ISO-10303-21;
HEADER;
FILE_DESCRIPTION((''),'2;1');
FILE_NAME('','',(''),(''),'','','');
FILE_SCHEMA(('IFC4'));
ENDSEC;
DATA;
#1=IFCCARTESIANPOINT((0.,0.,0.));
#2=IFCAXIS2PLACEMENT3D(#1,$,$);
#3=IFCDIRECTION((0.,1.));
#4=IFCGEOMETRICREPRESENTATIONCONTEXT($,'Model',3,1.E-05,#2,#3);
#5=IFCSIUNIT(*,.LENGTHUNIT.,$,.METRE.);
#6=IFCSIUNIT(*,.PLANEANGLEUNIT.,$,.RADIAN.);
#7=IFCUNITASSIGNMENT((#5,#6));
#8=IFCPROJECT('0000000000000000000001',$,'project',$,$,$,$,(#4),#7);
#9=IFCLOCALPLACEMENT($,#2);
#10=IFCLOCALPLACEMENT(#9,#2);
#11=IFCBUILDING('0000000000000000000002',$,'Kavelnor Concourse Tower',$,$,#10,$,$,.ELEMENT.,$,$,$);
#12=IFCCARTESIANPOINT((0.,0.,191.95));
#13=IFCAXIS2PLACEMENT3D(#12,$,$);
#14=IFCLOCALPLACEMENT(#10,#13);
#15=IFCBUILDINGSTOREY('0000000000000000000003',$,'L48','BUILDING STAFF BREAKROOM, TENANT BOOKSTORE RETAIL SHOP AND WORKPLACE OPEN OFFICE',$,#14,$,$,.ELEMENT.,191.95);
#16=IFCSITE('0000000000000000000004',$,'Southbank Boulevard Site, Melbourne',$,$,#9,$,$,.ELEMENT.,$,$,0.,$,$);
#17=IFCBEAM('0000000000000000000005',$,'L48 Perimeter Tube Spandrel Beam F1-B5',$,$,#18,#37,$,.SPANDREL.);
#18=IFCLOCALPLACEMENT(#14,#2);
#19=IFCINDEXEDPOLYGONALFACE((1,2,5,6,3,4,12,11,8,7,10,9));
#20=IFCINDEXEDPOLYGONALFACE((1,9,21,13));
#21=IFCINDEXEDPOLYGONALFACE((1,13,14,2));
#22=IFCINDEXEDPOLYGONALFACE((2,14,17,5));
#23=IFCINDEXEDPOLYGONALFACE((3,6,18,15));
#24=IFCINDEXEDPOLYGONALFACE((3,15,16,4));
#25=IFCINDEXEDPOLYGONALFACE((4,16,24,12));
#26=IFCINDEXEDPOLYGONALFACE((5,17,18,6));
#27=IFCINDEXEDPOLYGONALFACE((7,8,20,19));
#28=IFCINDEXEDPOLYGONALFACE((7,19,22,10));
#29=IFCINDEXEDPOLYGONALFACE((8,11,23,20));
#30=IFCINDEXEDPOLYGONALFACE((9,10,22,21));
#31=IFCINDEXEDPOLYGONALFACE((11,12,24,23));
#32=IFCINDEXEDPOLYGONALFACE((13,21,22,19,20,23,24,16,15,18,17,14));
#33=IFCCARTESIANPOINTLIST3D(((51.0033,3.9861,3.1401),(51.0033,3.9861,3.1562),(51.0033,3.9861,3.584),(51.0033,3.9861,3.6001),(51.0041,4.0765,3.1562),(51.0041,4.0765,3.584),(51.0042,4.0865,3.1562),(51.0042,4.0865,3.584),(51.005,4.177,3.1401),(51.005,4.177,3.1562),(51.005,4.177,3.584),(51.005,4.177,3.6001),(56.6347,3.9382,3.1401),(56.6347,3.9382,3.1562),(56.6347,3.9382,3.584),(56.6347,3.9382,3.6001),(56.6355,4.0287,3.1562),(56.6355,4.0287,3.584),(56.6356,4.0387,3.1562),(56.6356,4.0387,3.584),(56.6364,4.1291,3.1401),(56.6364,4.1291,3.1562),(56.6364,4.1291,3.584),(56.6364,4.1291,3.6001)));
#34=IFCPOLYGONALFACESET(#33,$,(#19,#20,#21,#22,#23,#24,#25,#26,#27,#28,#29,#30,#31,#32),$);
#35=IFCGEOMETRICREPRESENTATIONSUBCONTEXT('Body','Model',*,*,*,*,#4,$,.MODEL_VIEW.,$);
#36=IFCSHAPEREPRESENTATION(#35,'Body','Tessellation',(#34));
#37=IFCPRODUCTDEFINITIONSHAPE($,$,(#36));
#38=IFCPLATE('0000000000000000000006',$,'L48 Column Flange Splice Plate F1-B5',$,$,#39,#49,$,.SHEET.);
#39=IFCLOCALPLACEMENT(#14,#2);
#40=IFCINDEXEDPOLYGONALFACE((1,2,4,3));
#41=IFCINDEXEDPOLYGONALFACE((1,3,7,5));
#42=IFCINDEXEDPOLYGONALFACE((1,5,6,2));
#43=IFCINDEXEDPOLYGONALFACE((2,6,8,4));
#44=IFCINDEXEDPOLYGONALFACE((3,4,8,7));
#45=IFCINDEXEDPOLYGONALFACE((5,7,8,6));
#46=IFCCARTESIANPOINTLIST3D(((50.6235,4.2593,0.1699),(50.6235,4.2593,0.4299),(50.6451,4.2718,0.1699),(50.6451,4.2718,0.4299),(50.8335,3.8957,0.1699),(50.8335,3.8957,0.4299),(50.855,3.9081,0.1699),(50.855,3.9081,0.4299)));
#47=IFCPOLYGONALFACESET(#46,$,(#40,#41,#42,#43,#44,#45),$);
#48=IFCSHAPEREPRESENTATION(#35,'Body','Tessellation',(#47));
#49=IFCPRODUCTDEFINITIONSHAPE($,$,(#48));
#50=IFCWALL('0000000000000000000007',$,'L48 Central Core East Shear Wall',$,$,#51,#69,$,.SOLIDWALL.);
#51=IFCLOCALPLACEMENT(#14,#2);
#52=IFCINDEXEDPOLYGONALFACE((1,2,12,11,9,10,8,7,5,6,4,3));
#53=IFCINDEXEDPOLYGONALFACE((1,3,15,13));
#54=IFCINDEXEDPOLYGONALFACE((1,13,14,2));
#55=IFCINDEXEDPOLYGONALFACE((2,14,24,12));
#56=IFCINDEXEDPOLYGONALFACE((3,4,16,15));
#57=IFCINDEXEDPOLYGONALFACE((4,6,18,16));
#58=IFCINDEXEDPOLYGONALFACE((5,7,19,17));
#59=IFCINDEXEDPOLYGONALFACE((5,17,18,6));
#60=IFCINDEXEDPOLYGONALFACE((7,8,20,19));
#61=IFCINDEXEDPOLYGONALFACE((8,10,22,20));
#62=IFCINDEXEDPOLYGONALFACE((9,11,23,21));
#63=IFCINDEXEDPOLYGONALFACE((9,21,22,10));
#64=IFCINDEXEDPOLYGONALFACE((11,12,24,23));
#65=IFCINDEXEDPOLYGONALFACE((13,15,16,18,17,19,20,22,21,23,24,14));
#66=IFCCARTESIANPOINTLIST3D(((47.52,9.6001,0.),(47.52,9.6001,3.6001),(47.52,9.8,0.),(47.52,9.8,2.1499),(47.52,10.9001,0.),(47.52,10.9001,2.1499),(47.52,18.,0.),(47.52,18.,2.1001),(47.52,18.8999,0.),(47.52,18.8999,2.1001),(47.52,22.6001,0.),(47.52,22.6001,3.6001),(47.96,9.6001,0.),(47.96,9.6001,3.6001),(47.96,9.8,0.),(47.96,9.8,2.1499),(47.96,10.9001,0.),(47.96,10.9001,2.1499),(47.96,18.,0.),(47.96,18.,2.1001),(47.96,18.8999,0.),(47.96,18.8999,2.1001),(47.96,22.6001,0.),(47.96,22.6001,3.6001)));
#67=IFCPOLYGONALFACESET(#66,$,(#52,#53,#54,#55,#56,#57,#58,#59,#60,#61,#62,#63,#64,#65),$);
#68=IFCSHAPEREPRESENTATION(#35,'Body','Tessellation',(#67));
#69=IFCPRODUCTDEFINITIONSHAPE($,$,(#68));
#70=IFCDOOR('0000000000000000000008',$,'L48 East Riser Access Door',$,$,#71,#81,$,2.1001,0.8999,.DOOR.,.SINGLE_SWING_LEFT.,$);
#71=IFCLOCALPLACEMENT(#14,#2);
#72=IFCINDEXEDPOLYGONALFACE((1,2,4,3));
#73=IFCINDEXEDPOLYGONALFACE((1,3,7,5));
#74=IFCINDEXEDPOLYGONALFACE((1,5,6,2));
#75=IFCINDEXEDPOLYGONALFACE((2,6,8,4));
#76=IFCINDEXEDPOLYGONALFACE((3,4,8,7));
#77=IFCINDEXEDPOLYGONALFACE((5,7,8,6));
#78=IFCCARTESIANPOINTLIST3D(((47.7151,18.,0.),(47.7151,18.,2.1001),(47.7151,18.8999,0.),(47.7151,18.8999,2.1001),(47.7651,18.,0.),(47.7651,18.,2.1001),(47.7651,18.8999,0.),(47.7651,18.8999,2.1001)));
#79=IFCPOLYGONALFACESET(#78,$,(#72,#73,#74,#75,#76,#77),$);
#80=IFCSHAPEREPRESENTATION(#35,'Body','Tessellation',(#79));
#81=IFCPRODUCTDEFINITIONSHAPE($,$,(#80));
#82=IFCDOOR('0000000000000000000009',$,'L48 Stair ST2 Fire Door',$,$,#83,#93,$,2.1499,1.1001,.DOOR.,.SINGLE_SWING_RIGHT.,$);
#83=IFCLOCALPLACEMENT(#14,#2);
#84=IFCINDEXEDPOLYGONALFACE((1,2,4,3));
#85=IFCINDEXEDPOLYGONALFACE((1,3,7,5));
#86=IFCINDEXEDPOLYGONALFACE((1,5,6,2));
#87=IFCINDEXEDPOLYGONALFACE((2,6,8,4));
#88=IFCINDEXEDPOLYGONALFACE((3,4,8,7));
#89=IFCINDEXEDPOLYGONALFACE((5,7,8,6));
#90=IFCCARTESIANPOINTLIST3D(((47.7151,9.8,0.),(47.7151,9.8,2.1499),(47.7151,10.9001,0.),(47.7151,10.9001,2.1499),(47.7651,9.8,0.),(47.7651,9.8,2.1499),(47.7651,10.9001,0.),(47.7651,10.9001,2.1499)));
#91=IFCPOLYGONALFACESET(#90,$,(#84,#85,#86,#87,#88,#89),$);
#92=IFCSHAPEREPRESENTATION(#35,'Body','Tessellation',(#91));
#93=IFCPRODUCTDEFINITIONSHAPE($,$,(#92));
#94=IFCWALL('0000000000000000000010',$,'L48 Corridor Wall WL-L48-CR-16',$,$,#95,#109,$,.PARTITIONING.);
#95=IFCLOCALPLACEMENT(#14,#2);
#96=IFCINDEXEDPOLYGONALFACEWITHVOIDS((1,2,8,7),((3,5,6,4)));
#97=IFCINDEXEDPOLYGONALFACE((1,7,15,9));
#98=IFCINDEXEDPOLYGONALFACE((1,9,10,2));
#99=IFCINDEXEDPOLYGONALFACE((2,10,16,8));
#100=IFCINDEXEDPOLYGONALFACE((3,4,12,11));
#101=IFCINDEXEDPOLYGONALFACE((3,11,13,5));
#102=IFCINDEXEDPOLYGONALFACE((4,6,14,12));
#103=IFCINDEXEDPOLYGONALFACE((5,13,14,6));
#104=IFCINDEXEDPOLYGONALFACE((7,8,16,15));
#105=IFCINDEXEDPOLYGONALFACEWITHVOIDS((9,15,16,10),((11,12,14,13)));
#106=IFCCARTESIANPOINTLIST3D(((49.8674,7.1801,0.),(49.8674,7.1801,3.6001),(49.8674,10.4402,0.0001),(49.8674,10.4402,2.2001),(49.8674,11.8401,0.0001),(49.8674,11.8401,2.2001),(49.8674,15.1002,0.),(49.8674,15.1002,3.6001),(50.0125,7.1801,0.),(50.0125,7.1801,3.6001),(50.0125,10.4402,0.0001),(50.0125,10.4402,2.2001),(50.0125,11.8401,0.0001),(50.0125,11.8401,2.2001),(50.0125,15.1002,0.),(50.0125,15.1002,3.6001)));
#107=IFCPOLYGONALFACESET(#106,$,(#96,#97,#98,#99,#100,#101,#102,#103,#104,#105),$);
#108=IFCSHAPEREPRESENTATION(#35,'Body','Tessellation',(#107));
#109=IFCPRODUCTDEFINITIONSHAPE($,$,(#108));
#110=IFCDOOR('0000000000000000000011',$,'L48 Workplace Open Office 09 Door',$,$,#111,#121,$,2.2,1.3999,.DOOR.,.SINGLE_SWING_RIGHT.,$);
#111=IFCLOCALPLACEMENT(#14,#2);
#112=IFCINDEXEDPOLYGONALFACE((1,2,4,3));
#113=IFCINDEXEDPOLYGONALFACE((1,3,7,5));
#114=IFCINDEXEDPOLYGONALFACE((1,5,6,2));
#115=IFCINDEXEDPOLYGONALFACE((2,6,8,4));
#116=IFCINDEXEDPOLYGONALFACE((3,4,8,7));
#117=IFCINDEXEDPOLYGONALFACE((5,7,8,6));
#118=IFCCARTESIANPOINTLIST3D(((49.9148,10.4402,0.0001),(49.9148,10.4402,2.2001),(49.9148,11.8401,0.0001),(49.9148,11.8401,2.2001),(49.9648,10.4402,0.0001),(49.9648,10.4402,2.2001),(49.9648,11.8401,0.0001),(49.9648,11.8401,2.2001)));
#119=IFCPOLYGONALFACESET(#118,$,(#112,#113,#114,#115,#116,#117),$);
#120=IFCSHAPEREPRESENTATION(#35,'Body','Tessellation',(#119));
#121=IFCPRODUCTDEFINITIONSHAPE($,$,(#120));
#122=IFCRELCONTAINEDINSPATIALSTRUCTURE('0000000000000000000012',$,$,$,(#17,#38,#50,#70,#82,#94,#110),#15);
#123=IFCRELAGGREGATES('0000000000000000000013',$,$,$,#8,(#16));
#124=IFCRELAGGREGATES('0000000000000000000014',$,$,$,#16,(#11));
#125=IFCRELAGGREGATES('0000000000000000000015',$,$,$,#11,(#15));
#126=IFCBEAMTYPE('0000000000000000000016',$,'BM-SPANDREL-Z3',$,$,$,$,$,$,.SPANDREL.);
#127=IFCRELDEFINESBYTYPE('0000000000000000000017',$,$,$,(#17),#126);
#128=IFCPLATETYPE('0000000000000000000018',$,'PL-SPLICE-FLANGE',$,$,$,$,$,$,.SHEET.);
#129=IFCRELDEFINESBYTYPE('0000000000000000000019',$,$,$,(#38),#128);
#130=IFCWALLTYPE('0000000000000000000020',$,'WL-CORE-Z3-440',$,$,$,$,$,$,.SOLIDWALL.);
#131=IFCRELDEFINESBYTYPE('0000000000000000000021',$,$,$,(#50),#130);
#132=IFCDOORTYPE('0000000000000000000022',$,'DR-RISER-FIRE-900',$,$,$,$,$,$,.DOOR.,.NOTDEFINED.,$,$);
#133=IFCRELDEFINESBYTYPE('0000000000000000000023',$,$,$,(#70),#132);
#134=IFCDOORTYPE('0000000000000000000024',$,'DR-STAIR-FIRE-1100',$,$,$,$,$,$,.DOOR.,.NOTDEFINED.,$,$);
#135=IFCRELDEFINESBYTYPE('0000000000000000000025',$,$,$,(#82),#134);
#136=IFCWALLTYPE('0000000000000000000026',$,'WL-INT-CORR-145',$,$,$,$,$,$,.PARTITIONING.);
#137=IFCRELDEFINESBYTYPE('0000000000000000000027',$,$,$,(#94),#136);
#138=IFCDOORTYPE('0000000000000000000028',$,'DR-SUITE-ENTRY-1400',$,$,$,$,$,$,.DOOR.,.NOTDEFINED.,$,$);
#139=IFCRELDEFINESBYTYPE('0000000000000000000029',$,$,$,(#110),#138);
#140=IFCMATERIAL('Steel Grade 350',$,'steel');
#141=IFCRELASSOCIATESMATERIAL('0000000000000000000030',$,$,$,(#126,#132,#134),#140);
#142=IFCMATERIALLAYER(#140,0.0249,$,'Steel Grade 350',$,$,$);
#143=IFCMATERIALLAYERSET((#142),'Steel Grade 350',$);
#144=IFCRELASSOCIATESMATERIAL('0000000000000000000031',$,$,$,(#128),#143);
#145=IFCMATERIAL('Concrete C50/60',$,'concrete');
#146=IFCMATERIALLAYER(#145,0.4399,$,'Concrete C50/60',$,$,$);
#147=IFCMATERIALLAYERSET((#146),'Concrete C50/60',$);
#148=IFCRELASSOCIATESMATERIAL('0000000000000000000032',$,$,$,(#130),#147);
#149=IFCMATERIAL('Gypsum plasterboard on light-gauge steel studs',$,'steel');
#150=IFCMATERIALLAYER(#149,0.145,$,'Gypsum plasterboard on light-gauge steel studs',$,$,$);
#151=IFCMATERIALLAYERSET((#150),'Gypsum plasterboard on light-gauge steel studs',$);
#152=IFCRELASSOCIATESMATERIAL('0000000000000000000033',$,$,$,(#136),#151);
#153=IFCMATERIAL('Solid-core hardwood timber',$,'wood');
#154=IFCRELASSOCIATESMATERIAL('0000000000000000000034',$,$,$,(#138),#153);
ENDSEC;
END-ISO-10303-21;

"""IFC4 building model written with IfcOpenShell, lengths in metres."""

from ifc_helpers import new_model, si_unit, direction, frame, frame_2d, origin, origin_2d, place, context, subcontext, project, spatial, rectangle, i_section, extrude, material, layer, layer_set, material_profile, profile_set, type_object, element, fill, save


model = new_model("IFC4")

# Units and contexts
model_context = context("Model", 3, precision=1e-05, world=origin(), true_north=direction((0.0, 1.0)))
body_context = subcontext(model_context, "Body", "Model", "MODEL_VIEW")
ifc_project = project(units=[si_unit("LENGTHUNIT", "METRE"), si_unit("PLANEANGLEUNIT", "RADIAN")], contexts=[model_context])

# Site, building, storey
site_placement = place(None, origin())
site = spatial("IfcSite", under=ifc_project, at=site_placement, Name="Southbank Boulevard Site, Melbourne", CompositionType="ELEMENT", RefElevation=0.0)
building_placement = place(site_placement, origin())
building = spatial("IfcBuilding", under=site, at=building_placement, Name="Kavelnor Concourse Tower", CompositionType="ELEMENT")
storey_placement = place(building_placement, frame((0.0, 0.0, 191.95)))
storey = spatial("IfcBuildingStorey", under=building, at=storey_placement, Name="L48", Description="BUILDING STAFF BREAKROOM, TENANT BOOKSTORE RETAIL SHOP AND WORKPLACE OPEN OFFICE", CompositionType="ELEMENT", Elevation=191.95)

# Shared definitions
ifc_material_1 = material(Name="Steel Grade 350", Category="steel")

# Beam
ifc_material_profile_1 = material_profile(ifc_material_1, i_section(OverallWidth=0.1909, OverallDepth=0.46, WebThickness=0.01, FlangeThickness=0.0161, at=origin_2d()), Name="460UB82")
ifc_profile_set_1 = profile_set([ifc_material_profile_1], Name="Steel Grade 350")
beam_type_1 = type_object("IfcBeamType", Name="BM-SPANDREL-Z3", PredefinedType="SPANDREL", material=ifc_profile_set_1)
beam_1_placement = place(storey_placement, frame((51.0042, 4.0815, 3.3701), z_axis=(0.999964, -0.008497, 0.0), x_axis=(0.008497, 0.999964, 0.0)))
element("IfcBeam", 1, at=beam_1_placement, inside=storey, type_object=beam_type_1, Name="L48 Perimeter Tube Spandrel Beam F1-B5", PredefinedType="SPANDREL", context=body_context, shape_type="SweptSolid", body=[
    extrude(i_section(OverallWidth=0.1909, OverallDepth=0.46, WebThickness=0.01, FlangeThickness=0.0161, at=origin_2d()), origin(), (0.0, 0.0, 1.0), 5.6316),
])

# Plate
ifc_layer_1 = layer(ifc_material_1, 0.0249, Name="Steel Grade 350")
ifc_layer_set_1 = layer_set([ifc_layer_1], Name="Steel Grade 350")
plate_type = type_object("IfcPlateType", Name="PL-SPLICE-FLANGE", PredefinedType="SHEET", material=ifc_layer_set_1)
plate_placement = place(storey_placement, frame((50.7393, 4.0837, 0.1699), z_axis=(0.0, 0.0, 1.0), x_axis=(-0.5, 0.866025, 0.0)))
element("IfcPlate", 2, at=plate_placement, inside=storey, type_object=plate_type, Name="L48 Column Flange Splice Plate F1-B5", PredefinedType="SHEET", context=body_context, shape_type="SweptSolid", body=[
    extrude(rectangle(XDim=0.4199, YDim=0.0249, at=origin_2d()), origin(), (0.0, 0.0, 1.0), 0.26),
])

# Wall, openings, doors
ifc_material_2 = material(Name="Concrete C50/60", Category="concrete")
ifc_layer_2 = layer(ifc_material_2, 0.4399, Name="Concrete C50/60")
ifc_layer_set_2 = layer_set([ifc_layer_2], Name="Concrete C50/60")
wall_type_1 = type_object("IfcWallType", Name="WL-CORE-Z3-440", PredefinedType="SOLIDWALL", material=ifc_layer_set_2)
wall_1_placement = place(storey_placement, frame((47.74, 9.6001, 0.0), z_axis=(0.0, 0.0, 1.0), x_axis=(0.0, 1.0, 0.0)))
wall_1 = element("IfcWall", 3, at=wall_1_placement, inside=storey, type_object=wall_type_1, Name="L48 Central Core East Shear Wall", PredefinedType="SOLIDWALL", context=body_context, shape_type="SweptSolid", body=[
    extrude(rectangle(XDim=13.0, YDim=0.4399, at=frame_2d((6.5, 0.0))), origin(), (0.0, 0.0, 1.0), 3.6001),
])
opening_1_placement = place(wall_1_placement, frame((0.2, 0.0, 0.0)))
opening_1 = element("IfcOpeningElement", 4, at=opening_1_placement, cuts=wall_1, PredefinedType="OPENING", context=body_context, shape_type="SweptSolid", body=[
    extrude(rectangle(XDim=1.1001, YDim=2.1499, at=frame_2d((0.55, 1.075))), frame((0.0, 0.23, 0.0), z_axis=(0.0, -1.0, 0.0), x_axis=(1.0, 0.0, 0.0)), (0.0, 0.0, 1.0), 0.46),
])
opening_2_placement = place(wall_1_placement, frame((8.3999, 0.0, 0.0)))
opening_2 = element("IfcOpeningElement", 5, at=opening_2_placement, cuts=wall_1, PredefinedType="OPENING", context=body_context, shape_type="SweptSolid", body=[
    extrude(rectangle(XDim=0.8999, YDim=2.1001, at=frame_2d((0.45, 1.05))), frame((0.0, 0.23, 0.0), z_axis=(0.0, -1.0, 0.0), x_axis=(1.0, 0.0, 0.0)), (0.0, 0.0, 1.0), 0.46),
])
door_type_1 = type_object("IfcDoorType", Name="DR-RISER-FIRE-900", OperationType="NOTDEFINED", PredefinedType="DOOR", material=ifc_material_1)
door_1_placement = place(opening_2_placement, origin())
door_1 = element("IfcDoor", 6, at=door_1_placement, inside=storey, type_object=door_type_1, Name="L48 East Riser Access Door", OperationType="SINGLE_SWING_LEFT", OverallHeight=2.1001, OverallWidth=0.8999, PredefinedType="DOOR", context=body_context, shape_type="SweptSolid", body=[
    extrude(rectangle(XDim=0.8999, YDim=2.1001, at=frame_2d((0.45, 1.05))), frame((0.0, 0.0249, 0.0), z_axis=(0.0, -1.0, 0.0), x_axis=(1.0, 0.0, 0.0)), (0.0, 0.0, 1.0), 0.05),
])
fill(opening_2, door_1)
door_type_2 = type_object("IfcDoorType", Name="DR-STAIR-FIRE-1100", OperationType="NOTDEFINED", PredefinedType="DOOR", material=ifc_material_1)
door_2_placement = place(opening_1_placement, origin())
door_2 = element("IfcDoor", 7, at=door_2_placement, inside=storey, type_object=door_type_2, Name="L48 Stair ST2 Fire Door", OperationType="SINGLE_SWING_RIGHT", OverallHeight=2.1499, OverallWidth=1.1001, PredefinedType="DOOR", context=body_context, shape_type="SweptSolid", body=[
    extrude(rectangle(XDim=1.1001, YDim=2.1499, at=frame_2d((0.55, 1.075))), frame((0.0, 0.0249, 0.0), z_axis=(0.0, -1.0, 0.0), x_axis=(1.0, 0.0, 0.0)), (0.0, 0.0, 1.0), 0.05),
])
fill(opening_1, door_2)

# Wall, opening, door
ifc_material_3 = material(Name="Gypsum plasterboard on light-gauge steel studs", Category="steel")
ifc_layer_3 = layer(ifc_material_3, 0.145, Name="Gypsum plasterboard on light-gauge steel studs")
ifc_layer_set_3 = layer_set([ifc_layer_3], Name="Gypsum plasterboard on light-gauge steel studs")
wall_type_2 = type_object("IfcWallType", Name="WL-INT-CORR-145", PredefinedType="PARTITIONING", material=ifc_layer_set_3)
wall_2_placement = place(storey_placement, frame((49.9399, 15.1001, 0.0), z_axis=(0.0, 0.0, 1.0), x_axis=(0.0, -1.0, 0.0)))
wall_2 = element("IfcWall", 8, at=wall_2_placement, inside=storey, type_object=wall_type_2, Name="L48 Corridor Wall WL-L48-CR-16", PredefinedType="PARTITIONING", context=body_context, shape_type="SweptSolid", body=[
    extrude(rectangle(XDim=7.9202, YDim=0.145, at=frame_2d((3.96, 0.0))), origin(), (0.0, 0.0, 1.0), 3.6001),
])
opening_3_placement = place(wall_2_placement, frame((3.26, 0.0, 0.0)))
opening_3 = element("IfcOpeningElement", 9, at=opening_3_placement, cuts=wall_2, PredefinedType="OPENING", context=body_context, shape_type="SweptSolid", body=[
    extrude(rectangle(XDim=1.3999, YDim=2.2, at=frame_2d((0.7, 1.1001))), frame((0.0, 0.0825, 0.0), z_axis=(0.0, -1.0, 0.0), x_axis=(1.0, 0.0, 0.0)), (0.0, 0.0, 1.0), 0.165),
])
ifc_material_4 = material(Name="Solid-core hardwood timber", Category="wood")
door_type_3 = type_object("IfcDoorType", Name="DR-SUITE-ENTRY-1400", OperationType="NOTDEFINED", PredefinedType="DOOR", material=ifc_material_4)
door_3_placement = place(opening_3_placement, origin())
door_3 = element("IfcDoor", 10, at=door_3_placement, inside=storey, type_object=door_type_3, Name="L48 Workplace Open Office 09 Door", OperationType="SINGLE_SWING_RIGHT", OverallHeight=2.2, OverallWidth=1.3999, PredefinedType="DOOR", context=body_context, shape_type="SweptSolid", body=[
    extrude(rectangle(XDim=1.3999, YDim=2.2, at=frame_2d((0.7, 1.1001))), frame((0.0, 0.0249, 0.0), z_axis=(0.0, -1.0, 0.0), x_axis=(1.0, 0.0, 0.0)), (0.0, 0.0, 1.0), 0.05),
])
fill(opening_3, door_3)

save(model, "model.ifc")
